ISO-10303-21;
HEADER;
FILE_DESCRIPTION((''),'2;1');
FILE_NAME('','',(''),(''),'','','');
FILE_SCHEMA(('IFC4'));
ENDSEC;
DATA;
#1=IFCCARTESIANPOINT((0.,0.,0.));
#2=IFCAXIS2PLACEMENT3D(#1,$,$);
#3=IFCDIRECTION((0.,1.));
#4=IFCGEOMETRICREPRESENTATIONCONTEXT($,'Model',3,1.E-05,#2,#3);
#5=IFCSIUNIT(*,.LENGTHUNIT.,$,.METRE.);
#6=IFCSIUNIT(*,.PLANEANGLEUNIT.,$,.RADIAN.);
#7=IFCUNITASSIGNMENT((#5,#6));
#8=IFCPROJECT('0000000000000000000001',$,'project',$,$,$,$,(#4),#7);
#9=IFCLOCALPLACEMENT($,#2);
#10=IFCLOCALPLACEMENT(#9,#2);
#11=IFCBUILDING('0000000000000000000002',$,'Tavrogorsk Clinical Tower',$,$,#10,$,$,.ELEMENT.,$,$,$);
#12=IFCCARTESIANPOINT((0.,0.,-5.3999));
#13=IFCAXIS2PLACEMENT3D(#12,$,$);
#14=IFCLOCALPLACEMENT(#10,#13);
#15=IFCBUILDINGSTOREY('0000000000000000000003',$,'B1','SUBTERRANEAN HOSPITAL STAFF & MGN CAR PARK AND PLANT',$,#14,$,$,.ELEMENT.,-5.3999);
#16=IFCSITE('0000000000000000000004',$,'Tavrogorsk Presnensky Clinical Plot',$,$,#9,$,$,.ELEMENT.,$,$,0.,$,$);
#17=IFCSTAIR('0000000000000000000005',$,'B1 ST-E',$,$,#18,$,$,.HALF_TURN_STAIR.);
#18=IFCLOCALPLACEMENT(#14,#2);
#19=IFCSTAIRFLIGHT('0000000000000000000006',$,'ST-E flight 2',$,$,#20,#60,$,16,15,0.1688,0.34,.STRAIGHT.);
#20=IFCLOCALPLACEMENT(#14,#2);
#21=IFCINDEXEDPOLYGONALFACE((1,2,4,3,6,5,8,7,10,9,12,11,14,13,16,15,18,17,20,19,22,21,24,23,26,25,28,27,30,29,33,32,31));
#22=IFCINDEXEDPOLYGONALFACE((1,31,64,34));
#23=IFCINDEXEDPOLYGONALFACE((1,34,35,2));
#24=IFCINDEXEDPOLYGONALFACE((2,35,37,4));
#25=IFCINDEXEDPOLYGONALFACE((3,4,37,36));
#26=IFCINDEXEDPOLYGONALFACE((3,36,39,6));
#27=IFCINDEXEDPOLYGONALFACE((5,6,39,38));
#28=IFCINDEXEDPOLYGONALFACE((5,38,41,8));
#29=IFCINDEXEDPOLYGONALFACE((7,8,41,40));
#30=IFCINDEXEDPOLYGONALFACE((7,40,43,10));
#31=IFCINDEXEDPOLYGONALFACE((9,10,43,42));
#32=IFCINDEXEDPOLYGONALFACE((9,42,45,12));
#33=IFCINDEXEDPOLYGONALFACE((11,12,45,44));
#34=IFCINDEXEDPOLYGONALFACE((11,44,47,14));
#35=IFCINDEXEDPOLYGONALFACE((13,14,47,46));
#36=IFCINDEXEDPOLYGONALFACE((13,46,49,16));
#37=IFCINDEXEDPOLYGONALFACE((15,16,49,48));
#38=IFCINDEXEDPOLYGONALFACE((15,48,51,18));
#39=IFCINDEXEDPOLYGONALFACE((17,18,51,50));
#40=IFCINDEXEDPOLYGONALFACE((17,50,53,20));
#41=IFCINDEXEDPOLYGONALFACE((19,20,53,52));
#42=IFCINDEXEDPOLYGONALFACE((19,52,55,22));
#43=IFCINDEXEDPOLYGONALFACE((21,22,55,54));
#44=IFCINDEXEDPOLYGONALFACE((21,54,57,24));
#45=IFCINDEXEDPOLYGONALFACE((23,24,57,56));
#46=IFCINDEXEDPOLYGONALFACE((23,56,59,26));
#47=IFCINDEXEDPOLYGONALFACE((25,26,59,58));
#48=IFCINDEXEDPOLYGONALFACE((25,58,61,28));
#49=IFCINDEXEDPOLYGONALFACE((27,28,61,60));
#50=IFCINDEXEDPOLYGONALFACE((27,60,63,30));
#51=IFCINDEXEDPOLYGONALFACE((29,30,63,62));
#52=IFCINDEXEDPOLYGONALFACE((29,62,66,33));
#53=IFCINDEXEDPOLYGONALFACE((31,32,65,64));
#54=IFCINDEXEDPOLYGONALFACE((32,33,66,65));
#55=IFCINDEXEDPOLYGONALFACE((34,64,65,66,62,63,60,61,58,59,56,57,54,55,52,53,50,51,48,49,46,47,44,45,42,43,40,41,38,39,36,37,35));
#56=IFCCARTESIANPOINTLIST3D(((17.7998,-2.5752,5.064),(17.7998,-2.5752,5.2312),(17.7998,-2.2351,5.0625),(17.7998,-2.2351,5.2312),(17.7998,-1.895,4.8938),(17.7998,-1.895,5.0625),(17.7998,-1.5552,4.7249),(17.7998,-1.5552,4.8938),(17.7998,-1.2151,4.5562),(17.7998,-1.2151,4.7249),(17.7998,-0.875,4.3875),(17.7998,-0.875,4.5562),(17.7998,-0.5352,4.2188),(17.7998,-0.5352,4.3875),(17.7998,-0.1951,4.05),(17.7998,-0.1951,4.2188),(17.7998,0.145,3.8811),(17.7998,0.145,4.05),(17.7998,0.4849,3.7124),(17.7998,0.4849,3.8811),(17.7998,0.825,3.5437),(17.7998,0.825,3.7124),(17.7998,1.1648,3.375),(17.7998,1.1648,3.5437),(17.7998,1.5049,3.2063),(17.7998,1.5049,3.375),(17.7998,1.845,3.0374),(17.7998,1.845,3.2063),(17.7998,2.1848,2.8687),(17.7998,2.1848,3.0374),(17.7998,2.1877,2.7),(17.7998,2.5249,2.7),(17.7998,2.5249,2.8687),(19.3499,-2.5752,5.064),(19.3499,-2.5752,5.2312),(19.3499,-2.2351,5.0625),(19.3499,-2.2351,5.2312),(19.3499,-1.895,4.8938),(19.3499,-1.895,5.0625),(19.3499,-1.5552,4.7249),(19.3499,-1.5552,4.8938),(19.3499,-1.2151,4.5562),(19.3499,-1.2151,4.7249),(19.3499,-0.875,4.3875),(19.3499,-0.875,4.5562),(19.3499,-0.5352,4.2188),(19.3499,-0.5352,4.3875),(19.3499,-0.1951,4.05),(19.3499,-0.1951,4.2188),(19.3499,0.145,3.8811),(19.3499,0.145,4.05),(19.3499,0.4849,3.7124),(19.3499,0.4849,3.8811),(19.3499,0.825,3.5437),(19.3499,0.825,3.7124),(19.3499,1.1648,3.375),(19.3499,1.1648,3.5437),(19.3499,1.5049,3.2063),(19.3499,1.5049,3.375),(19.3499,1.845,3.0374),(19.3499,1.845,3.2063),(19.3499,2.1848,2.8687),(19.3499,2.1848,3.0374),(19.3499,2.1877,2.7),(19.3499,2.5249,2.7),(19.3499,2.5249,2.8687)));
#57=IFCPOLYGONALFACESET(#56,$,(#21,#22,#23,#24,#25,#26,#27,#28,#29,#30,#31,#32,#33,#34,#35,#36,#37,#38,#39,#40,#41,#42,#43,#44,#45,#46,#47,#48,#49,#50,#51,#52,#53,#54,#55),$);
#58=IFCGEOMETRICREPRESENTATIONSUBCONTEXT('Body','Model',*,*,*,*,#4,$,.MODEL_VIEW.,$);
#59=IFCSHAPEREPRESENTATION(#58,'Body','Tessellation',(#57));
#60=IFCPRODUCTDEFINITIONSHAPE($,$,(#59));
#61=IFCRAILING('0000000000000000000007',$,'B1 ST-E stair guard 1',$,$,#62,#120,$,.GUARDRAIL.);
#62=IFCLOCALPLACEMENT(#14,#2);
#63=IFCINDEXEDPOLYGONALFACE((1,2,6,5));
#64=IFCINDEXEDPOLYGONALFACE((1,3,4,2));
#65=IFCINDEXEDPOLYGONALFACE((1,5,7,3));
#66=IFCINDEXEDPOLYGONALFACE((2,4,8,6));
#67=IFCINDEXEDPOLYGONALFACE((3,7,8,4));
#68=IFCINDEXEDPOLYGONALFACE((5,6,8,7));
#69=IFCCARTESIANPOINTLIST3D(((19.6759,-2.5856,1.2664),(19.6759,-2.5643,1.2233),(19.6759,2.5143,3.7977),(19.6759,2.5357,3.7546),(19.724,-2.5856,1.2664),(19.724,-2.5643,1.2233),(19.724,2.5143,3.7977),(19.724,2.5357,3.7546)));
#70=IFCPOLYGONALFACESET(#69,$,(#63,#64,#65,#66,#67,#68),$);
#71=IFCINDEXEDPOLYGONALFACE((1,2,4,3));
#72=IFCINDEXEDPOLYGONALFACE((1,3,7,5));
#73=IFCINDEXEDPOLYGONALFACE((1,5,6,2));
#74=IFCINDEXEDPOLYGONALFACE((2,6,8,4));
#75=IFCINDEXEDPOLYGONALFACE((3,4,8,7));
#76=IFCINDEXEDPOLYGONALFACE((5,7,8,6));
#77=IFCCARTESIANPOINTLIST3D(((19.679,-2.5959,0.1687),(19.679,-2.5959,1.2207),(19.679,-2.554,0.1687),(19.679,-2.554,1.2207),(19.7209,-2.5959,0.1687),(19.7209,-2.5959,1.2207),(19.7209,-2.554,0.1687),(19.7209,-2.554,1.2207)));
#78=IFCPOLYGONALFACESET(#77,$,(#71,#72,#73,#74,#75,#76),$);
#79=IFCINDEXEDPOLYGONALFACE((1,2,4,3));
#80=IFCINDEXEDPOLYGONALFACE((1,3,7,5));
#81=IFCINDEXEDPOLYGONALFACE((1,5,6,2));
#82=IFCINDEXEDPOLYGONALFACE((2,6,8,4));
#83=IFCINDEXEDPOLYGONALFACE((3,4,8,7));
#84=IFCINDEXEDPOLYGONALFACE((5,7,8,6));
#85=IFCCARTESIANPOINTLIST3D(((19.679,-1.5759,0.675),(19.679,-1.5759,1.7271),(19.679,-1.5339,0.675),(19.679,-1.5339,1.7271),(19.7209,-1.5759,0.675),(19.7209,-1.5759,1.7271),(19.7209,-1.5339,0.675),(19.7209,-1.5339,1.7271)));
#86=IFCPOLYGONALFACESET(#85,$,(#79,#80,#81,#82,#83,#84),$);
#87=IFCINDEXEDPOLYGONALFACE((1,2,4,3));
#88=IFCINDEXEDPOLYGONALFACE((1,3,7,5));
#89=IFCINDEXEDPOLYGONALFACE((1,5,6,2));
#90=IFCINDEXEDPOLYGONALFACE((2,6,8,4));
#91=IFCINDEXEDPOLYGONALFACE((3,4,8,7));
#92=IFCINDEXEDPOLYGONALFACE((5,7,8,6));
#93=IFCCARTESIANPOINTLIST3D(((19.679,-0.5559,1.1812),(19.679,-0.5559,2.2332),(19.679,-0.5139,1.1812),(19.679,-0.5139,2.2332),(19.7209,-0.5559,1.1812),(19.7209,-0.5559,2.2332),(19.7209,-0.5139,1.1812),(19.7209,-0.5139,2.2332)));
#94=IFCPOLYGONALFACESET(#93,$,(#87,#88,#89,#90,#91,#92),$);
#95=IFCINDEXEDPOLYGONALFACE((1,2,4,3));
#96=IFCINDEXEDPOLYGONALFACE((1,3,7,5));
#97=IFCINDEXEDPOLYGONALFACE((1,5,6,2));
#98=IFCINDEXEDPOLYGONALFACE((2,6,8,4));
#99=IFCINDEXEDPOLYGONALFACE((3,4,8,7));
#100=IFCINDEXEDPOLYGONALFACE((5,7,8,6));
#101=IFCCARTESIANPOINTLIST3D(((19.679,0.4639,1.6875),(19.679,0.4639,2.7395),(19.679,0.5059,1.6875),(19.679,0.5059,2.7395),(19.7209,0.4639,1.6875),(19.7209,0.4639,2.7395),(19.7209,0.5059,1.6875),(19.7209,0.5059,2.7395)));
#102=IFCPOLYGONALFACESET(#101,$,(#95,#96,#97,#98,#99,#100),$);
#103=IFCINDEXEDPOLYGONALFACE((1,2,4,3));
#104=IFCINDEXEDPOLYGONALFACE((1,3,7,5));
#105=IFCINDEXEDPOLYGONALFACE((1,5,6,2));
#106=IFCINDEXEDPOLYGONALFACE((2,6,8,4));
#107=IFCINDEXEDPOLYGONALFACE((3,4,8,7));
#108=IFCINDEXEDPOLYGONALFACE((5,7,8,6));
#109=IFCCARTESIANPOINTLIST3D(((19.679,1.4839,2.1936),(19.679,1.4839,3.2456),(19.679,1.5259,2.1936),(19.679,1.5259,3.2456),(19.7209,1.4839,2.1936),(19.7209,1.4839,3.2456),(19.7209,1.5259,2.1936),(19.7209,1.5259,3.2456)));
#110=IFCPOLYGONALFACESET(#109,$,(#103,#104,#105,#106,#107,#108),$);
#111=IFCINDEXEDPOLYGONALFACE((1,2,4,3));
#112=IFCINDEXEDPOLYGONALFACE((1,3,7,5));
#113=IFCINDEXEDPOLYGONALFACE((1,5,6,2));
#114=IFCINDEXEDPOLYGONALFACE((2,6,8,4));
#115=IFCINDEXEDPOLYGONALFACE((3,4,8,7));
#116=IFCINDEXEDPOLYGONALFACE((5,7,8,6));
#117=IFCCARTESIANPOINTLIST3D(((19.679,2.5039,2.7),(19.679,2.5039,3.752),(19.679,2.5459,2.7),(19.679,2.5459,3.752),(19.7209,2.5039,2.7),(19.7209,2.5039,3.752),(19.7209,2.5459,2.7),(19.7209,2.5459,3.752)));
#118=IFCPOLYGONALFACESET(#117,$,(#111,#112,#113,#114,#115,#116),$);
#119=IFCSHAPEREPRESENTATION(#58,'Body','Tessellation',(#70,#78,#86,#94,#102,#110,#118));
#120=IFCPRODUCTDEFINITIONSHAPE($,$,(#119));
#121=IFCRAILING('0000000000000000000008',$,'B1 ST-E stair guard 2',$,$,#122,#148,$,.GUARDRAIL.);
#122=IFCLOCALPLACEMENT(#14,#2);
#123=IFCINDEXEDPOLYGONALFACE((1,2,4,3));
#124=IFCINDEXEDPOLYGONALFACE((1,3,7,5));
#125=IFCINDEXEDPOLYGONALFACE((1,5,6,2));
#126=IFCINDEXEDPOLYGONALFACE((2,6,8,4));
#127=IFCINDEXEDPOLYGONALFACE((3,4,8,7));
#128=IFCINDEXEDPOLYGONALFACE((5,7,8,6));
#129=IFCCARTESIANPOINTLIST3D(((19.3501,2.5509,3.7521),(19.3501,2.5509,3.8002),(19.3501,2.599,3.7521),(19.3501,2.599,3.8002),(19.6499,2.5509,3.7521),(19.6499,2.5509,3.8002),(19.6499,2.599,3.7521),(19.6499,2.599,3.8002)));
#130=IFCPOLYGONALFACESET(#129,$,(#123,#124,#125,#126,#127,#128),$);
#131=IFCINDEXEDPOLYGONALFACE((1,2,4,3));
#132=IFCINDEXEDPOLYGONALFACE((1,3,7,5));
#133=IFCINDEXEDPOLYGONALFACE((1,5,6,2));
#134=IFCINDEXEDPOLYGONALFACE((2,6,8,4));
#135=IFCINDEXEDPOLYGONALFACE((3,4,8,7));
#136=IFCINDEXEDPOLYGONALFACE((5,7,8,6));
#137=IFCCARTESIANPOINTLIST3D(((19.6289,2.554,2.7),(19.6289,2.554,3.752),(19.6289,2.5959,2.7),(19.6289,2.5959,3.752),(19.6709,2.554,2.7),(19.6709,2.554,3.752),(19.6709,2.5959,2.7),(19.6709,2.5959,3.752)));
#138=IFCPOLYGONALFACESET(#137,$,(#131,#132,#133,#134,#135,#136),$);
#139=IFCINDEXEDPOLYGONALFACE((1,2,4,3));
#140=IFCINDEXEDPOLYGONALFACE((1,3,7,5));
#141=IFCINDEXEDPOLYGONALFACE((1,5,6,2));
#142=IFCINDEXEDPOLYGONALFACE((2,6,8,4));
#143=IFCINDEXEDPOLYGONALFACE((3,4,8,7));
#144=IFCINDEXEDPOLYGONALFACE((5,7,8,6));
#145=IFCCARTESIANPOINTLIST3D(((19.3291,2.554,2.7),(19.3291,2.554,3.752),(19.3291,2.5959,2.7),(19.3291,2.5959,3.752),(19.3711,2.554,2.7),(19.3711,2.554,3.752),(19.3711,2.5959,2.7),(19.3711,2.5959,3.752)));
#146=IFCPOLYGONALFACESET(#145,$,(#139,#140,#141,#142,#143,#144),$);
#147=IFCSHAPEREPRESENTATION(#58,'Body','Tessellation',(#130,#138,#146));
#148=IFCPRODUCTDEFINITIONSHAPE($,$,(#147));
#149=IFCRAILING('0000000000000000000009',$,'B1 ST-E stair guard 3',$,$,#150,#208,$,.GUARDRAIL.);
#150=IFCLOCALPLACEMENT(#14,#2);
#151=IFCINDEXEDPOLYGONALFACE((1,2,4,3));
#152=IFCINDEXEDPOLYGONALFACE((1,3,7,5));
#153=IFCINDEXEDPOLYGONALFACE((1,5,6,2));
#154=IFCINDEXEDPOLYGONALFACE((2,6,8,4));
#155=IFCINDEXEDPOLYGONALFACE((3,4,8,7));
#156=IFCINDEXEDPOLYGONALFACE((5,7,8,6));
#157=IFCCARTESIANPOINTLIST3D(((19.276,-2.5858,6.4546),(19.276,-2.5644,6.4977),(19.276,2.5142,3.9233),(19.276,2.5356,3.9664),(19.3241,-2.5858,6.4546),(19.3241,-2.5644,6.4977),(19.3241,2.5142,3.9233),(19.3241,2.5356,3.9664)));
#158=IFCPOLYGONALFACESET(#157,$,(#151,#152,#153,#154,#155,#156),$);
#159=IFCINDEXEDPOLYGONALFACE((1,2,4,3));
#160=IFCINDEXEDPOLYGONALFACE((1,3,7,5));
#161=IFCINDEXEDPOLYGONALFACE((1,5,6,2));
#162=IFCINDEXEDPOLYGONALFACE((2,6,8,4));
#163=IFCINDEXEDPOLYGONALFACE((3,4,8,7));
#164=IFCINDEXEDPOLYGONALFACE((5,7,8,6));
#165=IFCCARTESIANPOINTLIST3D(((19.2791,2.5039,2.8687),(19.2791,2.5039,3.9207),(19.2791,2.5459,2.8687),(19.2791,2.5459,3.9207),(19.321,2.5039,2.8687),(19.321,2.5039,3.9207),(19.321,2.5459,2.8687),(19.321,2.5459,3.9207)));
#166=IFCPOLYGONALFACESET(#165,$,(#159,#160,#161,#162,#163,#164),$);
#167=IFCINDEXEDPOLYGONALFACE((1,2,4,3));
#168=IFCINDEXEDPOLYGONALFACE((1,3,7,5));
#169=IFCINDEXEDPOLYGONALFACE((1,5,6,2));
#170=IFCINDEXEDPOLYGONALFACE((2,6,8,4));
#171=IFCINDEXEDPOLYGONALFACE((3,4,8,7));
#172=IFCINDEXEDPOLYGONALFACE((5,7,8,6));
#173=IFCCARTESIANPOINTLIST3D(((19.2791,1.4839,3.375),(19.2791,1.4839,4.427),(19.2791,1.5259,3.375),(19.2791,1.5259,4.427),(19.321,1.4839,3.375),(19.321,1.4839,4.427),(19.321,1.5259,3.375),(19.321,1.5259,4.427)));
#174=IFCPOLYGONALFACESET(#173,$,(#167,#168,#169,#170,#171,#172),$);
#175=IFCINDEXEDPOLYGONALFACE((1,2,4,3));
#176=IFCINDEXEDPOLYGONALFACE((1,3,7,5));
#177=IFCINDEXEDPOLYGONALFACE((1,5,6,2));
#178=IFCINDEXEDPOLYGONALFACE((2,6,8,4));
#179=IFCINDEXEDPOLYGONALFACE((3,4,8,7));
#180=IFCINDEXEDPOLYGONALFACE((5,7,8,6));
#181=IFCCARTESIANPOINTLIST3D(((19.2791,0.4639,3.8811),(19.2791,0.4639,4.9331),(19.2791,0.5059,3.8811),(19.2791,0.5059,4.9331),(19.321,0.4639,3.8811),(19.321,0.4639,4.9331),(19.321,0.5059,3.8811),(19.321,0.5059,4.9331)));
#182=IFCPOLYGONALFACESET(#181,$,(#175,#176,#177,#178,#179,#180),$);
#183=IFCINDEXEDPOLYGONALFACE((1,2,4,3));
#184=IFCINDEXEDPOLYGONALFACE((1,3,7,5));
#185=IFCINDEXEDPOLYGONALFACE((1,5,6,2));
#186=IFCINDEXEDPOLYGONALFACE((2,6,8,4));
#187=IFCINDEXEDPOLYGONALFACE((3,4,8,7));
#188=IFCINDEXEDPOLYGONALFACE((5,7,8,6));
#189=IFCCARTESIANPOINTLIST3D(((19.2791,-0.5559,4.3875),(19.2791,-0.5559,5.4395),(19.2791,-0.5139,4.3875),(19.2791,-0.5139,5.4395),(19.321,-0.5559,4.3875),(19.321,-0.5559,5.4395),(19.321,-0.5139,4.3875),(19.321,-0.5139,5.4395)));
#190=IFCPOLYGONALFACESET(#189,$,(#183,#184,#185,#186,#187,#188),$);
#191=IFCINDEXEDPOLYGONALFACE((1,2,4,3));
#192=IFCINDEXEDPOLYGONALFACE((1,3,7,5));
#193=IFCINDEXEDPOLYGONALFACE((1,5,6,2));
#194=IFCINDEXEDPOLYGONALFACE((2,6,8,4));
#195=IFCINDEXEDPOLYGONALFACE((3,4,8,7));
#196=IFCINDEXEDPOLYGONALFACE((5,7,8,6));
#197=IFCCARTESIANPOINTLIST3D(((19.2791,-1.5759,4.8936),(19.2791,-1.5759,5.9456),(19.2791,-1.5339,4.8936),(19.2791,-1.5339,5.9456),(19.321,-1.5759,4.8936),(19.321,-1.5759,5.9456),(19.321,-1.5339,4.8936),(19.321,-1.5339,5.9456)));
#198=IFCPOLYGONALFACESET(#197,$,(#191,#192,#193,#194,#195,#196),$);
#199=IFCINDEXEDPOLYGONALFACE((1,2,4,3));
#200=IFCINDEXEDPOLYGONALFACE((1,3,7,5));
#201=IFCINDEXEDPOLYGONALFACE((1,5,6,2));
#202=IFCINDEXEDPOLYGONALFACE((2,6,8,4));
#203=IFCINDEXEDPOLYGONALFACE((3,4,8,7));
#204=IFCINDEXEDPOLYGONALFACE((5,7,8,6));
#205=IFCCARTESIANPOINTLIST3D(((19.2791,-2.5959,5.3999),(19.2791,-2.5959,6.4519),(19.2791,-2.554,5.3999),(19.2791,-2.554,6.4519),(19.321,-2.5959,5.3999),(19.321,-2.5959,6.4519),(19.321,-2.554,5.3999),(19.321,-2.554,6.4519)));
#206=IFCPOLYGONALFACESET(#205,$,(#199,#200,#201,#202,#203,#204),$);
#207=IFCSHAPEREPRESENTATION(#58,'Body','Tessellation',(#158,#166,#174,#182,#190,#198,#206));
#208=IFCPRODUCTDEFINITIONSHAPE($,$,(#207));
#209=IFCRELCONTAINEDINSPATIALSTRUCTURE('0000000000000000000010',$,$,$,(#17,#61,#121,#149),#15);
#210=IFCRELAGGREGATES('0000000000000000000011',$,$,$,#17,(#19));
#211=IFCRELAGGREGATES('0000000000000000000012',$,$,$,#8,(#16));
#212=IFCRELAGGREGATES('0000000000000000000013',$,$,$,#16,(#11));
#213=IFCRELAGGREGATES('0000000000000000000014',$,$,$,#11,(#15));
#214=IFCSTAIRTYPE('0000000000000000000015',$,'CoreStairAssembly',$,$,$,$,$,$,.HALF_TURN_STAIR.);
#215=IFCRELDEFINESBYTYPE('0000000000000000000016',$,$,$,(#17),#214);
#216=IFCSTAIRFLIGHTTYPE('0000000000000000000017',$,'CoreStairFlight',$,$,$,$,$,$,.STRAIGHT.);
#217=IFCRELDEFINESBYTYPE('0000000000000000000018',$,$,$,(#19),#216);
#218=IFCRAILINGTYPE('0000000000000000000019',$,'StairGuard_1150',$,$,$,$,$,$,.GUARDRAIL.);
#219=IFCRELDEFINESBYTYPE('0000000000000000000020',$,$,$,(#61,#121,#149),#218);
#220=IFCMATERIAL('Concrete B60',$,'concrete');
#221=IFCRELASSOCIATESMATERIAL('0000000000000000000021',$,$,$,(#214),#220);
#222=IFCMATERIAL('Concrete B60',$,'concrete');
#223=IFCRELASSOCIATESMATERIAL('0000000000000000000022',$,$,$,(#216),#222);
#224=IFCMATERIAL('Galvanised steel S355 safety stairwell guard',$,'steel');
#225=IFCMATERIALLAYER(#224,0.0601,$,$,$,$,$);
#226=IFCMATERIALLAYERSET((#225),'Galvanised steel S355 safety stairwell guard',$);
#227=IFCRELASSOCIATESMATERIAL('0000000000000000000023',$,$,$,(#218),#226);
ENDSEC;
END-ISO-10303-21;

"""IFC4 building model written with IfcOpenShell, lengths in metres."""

from ifc_helpers import new_model, si_unit, direction, frame, origin, origin_2d, place, context, subcontext, project, spatial, polyline, rectangle, outline, extrude, material, layer, layer_set, type_object, element, aggregate, save


model = new_model("IFC4")

# Units and contexts
model_context = context("Model", 3, precision=1e-05, world=origin(), true_north=direction((0.0, 1.0)))
body_context = subcontext(model_context, "Body", "Model", "MODEL_VIEW")
ifc_project = project(units=[si_unit("LENGTHUNIT", "METRE"), si_unit("PLANEANGLEUNIT", "RADIAN")], contexts=[model_context])

# Site, building, storey
site_placement = place(None, origin())
site = spatial("IfcSite", under=ifc_project, at=site_placement, Name="Tavrogorsk Presnensky Clinical Plot", CompositionType="ELEMENT", RefElevation=0.0)
building_placement = place(site_placement, origin())
building = spatial("IfcBuilding", under=site, at=building_placement, Name="Tavrogorsk Clinical Tower", CompositionType="ELEMENT")
storey_placement = place(building_placement, frame((0.0, 0.0, -5.3999)))
storey = spatial("IfcBuildingStorey", under=building, at=storey_placement, Name="B1", Description="SUBTERRANEAN HOSPITAL STAFF & MGN CAR PARK AND PLANT", CompositionType="ELEMENT", Elevation=-5.3999)

# Stair, stair flight
ifc_material_1 = material(Name="Concrete B60", Category="concrete")
stair_type = type_object("IfcStairType", Name="CoreStairAssembly", PredefinedType="HALF_TURN_STAIR", material=ifc_material_1)
stair_placement = place(storey_placement, origin())
stair = element("IfcStair", 1, at=stair_placement, inside=storey, type_object=stair_type, Name="B1 ST-E", PredefinedType="HALF_TURN_STAIR")
ifc_material_2 = material(Name="Concrete B60", Category="concrete")
stair_flight_type = type_object("IfcStairFlightType", Name="CoreStairFlight", PredefinedType="STRAIGHT", material=ifc_material_2)
stair_flight_1_placement = place(storey_placement, frame((18.575, 2.5249, 2.7), z_axis=(0.0, 0.0, 1.0), x_axis=(0.0, -1.0, 0.0)))
stair_flight_1 = element("IfcStairFlight", 2, at=stair_flight_1_placement, type_object=stair_flight_type, Name="ST-E flight 2", NumberOfRisers=16, NumberOfTreads=15, PredefinedType="STRAIGHT", RiserHeight=0.1688, TreadLength=0.34, context=body_context, shape_type="SweptSolid", body=[
    extrude(outline(polyline([(0.0, 0.0), (0.0, 0.1687), (0.3401, 0.1687), (0.3401, 0.3374), (0.6799, 0.3374), (0.6799, 0.5063), (1.02, 0.5063), (1.02, 0.675), (1.3601, 0.675), (1.3601, 0.8438), (1.7, 0.8438), (1.7, 1.0125), (2.04, 1.0125), (2.04, 1.1812), (2.3799, 1.1812), (2.3799, 1.3501), (2.72, 1.3501), (2.72, 1.5188), (3.0601, 1.5188), (3.0601, 1.6875), (3.3999, 1.6875), (3.3999, 1.8562), (3.74, 1.8562), (3.74, 2.0249), (4.0801, 2.0249), (4.0801, 2.1938), (4.4199, 2.1938), (4.4199, 2.3625), (4.76, 2.3625), (4.76, 2.5312), (5.1001, 2.5312), (5.1001, 2.7), (5.1001, 2.364), (0.3372, 0.0), (0.0, 0.0)])), frame((0.0, 0.7749, 0.0), z_axis=(0.0, -1.0, 0.0), x_axis=(1.0, 0.0, 0.0)), (0.0, 0.0, 1.0), 1.55),
])
aggregate(stair, [stair_flight_1])

# Railings
ifc_material_3 = material(Name="Galvanised steel S355 safety stairwell guard", Category="steel")
ifc_layer_1 = layer(ifc_material_3, 0.0601)
ifc_layer_set_1 = layer_set([ifc_layer_1], Name="Galvanised steel S355 safety stairwell guard")
railing_type_1 = type_object("IfcRailingType", Name="StairGuard_1150", PredefinedType="GUARDRAIL", material=ifc_layer_set_1)
railing_1_placement = place(storey_placement, frame((19.7, -2.575, 0.1687)))
element("IfcRailing", 3, at=railing_1_placement, inside=storey, type_object=railing_type_1, Name="B1 ST-E stair guard 1", PredefinedType="GUARDRAIL", context=body_context, shape_type="SweptSolid", body=[
    extrude(rectangle(XDim=0.0481, YDim=0.0481, at=origin_2d()), frame((0.0, 0.0, 1.0762), z_axis=(0.0, 0.895735, 0.444587), x_axis=(-1.0, 0.0, 0.0)), (0.0, 0.0, 1.0), 5.6936),
    extrude(rectangle(XDim=0.042, YDim=0.042, at=origin_2d()), origin(), (0.0, 0.0, 1.0), 1.052),
    extrude(rectangle(XDim=0.042, YDim=0.042, at=origin_2d()), frame((0.0, 1.02, 0.5063)), (0.0, 0.0, 1.0), 1.052),
    extrude(rectangle(XDim=0.042, YDim=0.042, at=origin_2d()), frame((0.0, 2.04, 1.0125)), (0.0, 0.0, 1.0), 1.052),
    extrude(rectangle(XDim=0.042, YDim=0.042, at=origin_2d()), frame((0.0, 3.0598, 1.5188)), (0.0, 0.0, 1.0), 1.052),
    extrude(rectangle(XDim=0.042, YDim=0.042, at=origin_2d()), frame((0.0, 4.0798, 2.0249)), (0.0, 0.0, 1.0), 1.052),
    extrude(rectangle(XDim=0.042, YDim=0.042, at=origin_2d()), frame((0.0, 5.0999, 2.5312)), (0.0, 0.0, 1.0), 1.052),
])
railing_2_placement = place(storey_placement, frame((19.6499, 2.575, 2.7)))
element("IfcRailing", 4, at=railing_2_placement, inside=storey, type_object=railing_type_1, Name="B1 ST-E stair guard 2", PredefinedType="GUARDRAIL", context=body_context, shape_type="SweptSolid", body=[
    extrude(rectangle(XDim=0.0481, YDim=0.0481, at=origin_2d()), frame((0.0, 0.0, 1.0762), z_axis=(-1.0, 0.0, 0.0), x_axis=(0.0, -1.0, 0.0)), (0.0, 0.0, 1.0), 0.2998),
    extrude(rectangle(XDim=0.042, YDim=0.042, at=origin_2d()), origin(), (0.0, 0.0, 1.0), 1.052),
    extrude(rectangle(XDim=0.042, YDim=0.042, at=origin_2d()), frame((-0.2998, 0.0, 0.0)), (0.0, 0.0, 1.0), 1.052),
])
railing_3_placement = place(storey_placement, frame((19.3, 2.5249, 2.8687)))
element("IfcRailing", 5, at=railing_3_placement, inside=storey, type_object=railing_type_1, Name="B1 ST-E stair guard 3", PredefinedType="GUARDRAIL", context=body_context, shape_type="SweptSolid", body=[
    extrude(rectangle(XDim=0.0481, YDim=0.0481, at=origin_2d()), frame((0.0, 0.0, 1.0762), z_axis=(0.0, -0.895735, 0.444587), x_axis=(1.0, 0.0, 0.0)), (0.0, 0.0, 1.0), 5.6936),
    extrude(rectangle(XDim=0.042, YDim=0.042, at=origin_2d()), origin(), (0.0, 0.0, 1.0), 1.052),
    extrude(rectangle(XDim=0.042, YDim=0.042, at=origin_2d()), frame((0.0, -1.02, 0.5063)), (0.0, 0.0, 1.0), 1.052),
    extrude(rectangle(XDim=0.042, YDim=0.042, at=origin_2d()), frame((0.0, -2.04, 1.0125)), (0.0, 0.0, 1.0), 1.052),
    extrude(rectangle(XDim=0.042, YDim=0.042, at=origin_2d()), frame((0.0, -3.0598, 1.5188)), (0.0, 0.0, 1.0), 1.052),
    extrude(rectangle(XDim=0.042, YDim=0.042, at=origin_2d()), frame((0.0, -4.0798, 2.0249)), (0.0, 0.0, 1.0), 1.052),
    extrude(rectangle(XDim=0.042, YDim=0.042, at=origin_2d()), frame((0.0, -5.0999, 2.5312)), (0.0, 0.0, 1.0), 1.052),
])

save(model, "model.ifc")
